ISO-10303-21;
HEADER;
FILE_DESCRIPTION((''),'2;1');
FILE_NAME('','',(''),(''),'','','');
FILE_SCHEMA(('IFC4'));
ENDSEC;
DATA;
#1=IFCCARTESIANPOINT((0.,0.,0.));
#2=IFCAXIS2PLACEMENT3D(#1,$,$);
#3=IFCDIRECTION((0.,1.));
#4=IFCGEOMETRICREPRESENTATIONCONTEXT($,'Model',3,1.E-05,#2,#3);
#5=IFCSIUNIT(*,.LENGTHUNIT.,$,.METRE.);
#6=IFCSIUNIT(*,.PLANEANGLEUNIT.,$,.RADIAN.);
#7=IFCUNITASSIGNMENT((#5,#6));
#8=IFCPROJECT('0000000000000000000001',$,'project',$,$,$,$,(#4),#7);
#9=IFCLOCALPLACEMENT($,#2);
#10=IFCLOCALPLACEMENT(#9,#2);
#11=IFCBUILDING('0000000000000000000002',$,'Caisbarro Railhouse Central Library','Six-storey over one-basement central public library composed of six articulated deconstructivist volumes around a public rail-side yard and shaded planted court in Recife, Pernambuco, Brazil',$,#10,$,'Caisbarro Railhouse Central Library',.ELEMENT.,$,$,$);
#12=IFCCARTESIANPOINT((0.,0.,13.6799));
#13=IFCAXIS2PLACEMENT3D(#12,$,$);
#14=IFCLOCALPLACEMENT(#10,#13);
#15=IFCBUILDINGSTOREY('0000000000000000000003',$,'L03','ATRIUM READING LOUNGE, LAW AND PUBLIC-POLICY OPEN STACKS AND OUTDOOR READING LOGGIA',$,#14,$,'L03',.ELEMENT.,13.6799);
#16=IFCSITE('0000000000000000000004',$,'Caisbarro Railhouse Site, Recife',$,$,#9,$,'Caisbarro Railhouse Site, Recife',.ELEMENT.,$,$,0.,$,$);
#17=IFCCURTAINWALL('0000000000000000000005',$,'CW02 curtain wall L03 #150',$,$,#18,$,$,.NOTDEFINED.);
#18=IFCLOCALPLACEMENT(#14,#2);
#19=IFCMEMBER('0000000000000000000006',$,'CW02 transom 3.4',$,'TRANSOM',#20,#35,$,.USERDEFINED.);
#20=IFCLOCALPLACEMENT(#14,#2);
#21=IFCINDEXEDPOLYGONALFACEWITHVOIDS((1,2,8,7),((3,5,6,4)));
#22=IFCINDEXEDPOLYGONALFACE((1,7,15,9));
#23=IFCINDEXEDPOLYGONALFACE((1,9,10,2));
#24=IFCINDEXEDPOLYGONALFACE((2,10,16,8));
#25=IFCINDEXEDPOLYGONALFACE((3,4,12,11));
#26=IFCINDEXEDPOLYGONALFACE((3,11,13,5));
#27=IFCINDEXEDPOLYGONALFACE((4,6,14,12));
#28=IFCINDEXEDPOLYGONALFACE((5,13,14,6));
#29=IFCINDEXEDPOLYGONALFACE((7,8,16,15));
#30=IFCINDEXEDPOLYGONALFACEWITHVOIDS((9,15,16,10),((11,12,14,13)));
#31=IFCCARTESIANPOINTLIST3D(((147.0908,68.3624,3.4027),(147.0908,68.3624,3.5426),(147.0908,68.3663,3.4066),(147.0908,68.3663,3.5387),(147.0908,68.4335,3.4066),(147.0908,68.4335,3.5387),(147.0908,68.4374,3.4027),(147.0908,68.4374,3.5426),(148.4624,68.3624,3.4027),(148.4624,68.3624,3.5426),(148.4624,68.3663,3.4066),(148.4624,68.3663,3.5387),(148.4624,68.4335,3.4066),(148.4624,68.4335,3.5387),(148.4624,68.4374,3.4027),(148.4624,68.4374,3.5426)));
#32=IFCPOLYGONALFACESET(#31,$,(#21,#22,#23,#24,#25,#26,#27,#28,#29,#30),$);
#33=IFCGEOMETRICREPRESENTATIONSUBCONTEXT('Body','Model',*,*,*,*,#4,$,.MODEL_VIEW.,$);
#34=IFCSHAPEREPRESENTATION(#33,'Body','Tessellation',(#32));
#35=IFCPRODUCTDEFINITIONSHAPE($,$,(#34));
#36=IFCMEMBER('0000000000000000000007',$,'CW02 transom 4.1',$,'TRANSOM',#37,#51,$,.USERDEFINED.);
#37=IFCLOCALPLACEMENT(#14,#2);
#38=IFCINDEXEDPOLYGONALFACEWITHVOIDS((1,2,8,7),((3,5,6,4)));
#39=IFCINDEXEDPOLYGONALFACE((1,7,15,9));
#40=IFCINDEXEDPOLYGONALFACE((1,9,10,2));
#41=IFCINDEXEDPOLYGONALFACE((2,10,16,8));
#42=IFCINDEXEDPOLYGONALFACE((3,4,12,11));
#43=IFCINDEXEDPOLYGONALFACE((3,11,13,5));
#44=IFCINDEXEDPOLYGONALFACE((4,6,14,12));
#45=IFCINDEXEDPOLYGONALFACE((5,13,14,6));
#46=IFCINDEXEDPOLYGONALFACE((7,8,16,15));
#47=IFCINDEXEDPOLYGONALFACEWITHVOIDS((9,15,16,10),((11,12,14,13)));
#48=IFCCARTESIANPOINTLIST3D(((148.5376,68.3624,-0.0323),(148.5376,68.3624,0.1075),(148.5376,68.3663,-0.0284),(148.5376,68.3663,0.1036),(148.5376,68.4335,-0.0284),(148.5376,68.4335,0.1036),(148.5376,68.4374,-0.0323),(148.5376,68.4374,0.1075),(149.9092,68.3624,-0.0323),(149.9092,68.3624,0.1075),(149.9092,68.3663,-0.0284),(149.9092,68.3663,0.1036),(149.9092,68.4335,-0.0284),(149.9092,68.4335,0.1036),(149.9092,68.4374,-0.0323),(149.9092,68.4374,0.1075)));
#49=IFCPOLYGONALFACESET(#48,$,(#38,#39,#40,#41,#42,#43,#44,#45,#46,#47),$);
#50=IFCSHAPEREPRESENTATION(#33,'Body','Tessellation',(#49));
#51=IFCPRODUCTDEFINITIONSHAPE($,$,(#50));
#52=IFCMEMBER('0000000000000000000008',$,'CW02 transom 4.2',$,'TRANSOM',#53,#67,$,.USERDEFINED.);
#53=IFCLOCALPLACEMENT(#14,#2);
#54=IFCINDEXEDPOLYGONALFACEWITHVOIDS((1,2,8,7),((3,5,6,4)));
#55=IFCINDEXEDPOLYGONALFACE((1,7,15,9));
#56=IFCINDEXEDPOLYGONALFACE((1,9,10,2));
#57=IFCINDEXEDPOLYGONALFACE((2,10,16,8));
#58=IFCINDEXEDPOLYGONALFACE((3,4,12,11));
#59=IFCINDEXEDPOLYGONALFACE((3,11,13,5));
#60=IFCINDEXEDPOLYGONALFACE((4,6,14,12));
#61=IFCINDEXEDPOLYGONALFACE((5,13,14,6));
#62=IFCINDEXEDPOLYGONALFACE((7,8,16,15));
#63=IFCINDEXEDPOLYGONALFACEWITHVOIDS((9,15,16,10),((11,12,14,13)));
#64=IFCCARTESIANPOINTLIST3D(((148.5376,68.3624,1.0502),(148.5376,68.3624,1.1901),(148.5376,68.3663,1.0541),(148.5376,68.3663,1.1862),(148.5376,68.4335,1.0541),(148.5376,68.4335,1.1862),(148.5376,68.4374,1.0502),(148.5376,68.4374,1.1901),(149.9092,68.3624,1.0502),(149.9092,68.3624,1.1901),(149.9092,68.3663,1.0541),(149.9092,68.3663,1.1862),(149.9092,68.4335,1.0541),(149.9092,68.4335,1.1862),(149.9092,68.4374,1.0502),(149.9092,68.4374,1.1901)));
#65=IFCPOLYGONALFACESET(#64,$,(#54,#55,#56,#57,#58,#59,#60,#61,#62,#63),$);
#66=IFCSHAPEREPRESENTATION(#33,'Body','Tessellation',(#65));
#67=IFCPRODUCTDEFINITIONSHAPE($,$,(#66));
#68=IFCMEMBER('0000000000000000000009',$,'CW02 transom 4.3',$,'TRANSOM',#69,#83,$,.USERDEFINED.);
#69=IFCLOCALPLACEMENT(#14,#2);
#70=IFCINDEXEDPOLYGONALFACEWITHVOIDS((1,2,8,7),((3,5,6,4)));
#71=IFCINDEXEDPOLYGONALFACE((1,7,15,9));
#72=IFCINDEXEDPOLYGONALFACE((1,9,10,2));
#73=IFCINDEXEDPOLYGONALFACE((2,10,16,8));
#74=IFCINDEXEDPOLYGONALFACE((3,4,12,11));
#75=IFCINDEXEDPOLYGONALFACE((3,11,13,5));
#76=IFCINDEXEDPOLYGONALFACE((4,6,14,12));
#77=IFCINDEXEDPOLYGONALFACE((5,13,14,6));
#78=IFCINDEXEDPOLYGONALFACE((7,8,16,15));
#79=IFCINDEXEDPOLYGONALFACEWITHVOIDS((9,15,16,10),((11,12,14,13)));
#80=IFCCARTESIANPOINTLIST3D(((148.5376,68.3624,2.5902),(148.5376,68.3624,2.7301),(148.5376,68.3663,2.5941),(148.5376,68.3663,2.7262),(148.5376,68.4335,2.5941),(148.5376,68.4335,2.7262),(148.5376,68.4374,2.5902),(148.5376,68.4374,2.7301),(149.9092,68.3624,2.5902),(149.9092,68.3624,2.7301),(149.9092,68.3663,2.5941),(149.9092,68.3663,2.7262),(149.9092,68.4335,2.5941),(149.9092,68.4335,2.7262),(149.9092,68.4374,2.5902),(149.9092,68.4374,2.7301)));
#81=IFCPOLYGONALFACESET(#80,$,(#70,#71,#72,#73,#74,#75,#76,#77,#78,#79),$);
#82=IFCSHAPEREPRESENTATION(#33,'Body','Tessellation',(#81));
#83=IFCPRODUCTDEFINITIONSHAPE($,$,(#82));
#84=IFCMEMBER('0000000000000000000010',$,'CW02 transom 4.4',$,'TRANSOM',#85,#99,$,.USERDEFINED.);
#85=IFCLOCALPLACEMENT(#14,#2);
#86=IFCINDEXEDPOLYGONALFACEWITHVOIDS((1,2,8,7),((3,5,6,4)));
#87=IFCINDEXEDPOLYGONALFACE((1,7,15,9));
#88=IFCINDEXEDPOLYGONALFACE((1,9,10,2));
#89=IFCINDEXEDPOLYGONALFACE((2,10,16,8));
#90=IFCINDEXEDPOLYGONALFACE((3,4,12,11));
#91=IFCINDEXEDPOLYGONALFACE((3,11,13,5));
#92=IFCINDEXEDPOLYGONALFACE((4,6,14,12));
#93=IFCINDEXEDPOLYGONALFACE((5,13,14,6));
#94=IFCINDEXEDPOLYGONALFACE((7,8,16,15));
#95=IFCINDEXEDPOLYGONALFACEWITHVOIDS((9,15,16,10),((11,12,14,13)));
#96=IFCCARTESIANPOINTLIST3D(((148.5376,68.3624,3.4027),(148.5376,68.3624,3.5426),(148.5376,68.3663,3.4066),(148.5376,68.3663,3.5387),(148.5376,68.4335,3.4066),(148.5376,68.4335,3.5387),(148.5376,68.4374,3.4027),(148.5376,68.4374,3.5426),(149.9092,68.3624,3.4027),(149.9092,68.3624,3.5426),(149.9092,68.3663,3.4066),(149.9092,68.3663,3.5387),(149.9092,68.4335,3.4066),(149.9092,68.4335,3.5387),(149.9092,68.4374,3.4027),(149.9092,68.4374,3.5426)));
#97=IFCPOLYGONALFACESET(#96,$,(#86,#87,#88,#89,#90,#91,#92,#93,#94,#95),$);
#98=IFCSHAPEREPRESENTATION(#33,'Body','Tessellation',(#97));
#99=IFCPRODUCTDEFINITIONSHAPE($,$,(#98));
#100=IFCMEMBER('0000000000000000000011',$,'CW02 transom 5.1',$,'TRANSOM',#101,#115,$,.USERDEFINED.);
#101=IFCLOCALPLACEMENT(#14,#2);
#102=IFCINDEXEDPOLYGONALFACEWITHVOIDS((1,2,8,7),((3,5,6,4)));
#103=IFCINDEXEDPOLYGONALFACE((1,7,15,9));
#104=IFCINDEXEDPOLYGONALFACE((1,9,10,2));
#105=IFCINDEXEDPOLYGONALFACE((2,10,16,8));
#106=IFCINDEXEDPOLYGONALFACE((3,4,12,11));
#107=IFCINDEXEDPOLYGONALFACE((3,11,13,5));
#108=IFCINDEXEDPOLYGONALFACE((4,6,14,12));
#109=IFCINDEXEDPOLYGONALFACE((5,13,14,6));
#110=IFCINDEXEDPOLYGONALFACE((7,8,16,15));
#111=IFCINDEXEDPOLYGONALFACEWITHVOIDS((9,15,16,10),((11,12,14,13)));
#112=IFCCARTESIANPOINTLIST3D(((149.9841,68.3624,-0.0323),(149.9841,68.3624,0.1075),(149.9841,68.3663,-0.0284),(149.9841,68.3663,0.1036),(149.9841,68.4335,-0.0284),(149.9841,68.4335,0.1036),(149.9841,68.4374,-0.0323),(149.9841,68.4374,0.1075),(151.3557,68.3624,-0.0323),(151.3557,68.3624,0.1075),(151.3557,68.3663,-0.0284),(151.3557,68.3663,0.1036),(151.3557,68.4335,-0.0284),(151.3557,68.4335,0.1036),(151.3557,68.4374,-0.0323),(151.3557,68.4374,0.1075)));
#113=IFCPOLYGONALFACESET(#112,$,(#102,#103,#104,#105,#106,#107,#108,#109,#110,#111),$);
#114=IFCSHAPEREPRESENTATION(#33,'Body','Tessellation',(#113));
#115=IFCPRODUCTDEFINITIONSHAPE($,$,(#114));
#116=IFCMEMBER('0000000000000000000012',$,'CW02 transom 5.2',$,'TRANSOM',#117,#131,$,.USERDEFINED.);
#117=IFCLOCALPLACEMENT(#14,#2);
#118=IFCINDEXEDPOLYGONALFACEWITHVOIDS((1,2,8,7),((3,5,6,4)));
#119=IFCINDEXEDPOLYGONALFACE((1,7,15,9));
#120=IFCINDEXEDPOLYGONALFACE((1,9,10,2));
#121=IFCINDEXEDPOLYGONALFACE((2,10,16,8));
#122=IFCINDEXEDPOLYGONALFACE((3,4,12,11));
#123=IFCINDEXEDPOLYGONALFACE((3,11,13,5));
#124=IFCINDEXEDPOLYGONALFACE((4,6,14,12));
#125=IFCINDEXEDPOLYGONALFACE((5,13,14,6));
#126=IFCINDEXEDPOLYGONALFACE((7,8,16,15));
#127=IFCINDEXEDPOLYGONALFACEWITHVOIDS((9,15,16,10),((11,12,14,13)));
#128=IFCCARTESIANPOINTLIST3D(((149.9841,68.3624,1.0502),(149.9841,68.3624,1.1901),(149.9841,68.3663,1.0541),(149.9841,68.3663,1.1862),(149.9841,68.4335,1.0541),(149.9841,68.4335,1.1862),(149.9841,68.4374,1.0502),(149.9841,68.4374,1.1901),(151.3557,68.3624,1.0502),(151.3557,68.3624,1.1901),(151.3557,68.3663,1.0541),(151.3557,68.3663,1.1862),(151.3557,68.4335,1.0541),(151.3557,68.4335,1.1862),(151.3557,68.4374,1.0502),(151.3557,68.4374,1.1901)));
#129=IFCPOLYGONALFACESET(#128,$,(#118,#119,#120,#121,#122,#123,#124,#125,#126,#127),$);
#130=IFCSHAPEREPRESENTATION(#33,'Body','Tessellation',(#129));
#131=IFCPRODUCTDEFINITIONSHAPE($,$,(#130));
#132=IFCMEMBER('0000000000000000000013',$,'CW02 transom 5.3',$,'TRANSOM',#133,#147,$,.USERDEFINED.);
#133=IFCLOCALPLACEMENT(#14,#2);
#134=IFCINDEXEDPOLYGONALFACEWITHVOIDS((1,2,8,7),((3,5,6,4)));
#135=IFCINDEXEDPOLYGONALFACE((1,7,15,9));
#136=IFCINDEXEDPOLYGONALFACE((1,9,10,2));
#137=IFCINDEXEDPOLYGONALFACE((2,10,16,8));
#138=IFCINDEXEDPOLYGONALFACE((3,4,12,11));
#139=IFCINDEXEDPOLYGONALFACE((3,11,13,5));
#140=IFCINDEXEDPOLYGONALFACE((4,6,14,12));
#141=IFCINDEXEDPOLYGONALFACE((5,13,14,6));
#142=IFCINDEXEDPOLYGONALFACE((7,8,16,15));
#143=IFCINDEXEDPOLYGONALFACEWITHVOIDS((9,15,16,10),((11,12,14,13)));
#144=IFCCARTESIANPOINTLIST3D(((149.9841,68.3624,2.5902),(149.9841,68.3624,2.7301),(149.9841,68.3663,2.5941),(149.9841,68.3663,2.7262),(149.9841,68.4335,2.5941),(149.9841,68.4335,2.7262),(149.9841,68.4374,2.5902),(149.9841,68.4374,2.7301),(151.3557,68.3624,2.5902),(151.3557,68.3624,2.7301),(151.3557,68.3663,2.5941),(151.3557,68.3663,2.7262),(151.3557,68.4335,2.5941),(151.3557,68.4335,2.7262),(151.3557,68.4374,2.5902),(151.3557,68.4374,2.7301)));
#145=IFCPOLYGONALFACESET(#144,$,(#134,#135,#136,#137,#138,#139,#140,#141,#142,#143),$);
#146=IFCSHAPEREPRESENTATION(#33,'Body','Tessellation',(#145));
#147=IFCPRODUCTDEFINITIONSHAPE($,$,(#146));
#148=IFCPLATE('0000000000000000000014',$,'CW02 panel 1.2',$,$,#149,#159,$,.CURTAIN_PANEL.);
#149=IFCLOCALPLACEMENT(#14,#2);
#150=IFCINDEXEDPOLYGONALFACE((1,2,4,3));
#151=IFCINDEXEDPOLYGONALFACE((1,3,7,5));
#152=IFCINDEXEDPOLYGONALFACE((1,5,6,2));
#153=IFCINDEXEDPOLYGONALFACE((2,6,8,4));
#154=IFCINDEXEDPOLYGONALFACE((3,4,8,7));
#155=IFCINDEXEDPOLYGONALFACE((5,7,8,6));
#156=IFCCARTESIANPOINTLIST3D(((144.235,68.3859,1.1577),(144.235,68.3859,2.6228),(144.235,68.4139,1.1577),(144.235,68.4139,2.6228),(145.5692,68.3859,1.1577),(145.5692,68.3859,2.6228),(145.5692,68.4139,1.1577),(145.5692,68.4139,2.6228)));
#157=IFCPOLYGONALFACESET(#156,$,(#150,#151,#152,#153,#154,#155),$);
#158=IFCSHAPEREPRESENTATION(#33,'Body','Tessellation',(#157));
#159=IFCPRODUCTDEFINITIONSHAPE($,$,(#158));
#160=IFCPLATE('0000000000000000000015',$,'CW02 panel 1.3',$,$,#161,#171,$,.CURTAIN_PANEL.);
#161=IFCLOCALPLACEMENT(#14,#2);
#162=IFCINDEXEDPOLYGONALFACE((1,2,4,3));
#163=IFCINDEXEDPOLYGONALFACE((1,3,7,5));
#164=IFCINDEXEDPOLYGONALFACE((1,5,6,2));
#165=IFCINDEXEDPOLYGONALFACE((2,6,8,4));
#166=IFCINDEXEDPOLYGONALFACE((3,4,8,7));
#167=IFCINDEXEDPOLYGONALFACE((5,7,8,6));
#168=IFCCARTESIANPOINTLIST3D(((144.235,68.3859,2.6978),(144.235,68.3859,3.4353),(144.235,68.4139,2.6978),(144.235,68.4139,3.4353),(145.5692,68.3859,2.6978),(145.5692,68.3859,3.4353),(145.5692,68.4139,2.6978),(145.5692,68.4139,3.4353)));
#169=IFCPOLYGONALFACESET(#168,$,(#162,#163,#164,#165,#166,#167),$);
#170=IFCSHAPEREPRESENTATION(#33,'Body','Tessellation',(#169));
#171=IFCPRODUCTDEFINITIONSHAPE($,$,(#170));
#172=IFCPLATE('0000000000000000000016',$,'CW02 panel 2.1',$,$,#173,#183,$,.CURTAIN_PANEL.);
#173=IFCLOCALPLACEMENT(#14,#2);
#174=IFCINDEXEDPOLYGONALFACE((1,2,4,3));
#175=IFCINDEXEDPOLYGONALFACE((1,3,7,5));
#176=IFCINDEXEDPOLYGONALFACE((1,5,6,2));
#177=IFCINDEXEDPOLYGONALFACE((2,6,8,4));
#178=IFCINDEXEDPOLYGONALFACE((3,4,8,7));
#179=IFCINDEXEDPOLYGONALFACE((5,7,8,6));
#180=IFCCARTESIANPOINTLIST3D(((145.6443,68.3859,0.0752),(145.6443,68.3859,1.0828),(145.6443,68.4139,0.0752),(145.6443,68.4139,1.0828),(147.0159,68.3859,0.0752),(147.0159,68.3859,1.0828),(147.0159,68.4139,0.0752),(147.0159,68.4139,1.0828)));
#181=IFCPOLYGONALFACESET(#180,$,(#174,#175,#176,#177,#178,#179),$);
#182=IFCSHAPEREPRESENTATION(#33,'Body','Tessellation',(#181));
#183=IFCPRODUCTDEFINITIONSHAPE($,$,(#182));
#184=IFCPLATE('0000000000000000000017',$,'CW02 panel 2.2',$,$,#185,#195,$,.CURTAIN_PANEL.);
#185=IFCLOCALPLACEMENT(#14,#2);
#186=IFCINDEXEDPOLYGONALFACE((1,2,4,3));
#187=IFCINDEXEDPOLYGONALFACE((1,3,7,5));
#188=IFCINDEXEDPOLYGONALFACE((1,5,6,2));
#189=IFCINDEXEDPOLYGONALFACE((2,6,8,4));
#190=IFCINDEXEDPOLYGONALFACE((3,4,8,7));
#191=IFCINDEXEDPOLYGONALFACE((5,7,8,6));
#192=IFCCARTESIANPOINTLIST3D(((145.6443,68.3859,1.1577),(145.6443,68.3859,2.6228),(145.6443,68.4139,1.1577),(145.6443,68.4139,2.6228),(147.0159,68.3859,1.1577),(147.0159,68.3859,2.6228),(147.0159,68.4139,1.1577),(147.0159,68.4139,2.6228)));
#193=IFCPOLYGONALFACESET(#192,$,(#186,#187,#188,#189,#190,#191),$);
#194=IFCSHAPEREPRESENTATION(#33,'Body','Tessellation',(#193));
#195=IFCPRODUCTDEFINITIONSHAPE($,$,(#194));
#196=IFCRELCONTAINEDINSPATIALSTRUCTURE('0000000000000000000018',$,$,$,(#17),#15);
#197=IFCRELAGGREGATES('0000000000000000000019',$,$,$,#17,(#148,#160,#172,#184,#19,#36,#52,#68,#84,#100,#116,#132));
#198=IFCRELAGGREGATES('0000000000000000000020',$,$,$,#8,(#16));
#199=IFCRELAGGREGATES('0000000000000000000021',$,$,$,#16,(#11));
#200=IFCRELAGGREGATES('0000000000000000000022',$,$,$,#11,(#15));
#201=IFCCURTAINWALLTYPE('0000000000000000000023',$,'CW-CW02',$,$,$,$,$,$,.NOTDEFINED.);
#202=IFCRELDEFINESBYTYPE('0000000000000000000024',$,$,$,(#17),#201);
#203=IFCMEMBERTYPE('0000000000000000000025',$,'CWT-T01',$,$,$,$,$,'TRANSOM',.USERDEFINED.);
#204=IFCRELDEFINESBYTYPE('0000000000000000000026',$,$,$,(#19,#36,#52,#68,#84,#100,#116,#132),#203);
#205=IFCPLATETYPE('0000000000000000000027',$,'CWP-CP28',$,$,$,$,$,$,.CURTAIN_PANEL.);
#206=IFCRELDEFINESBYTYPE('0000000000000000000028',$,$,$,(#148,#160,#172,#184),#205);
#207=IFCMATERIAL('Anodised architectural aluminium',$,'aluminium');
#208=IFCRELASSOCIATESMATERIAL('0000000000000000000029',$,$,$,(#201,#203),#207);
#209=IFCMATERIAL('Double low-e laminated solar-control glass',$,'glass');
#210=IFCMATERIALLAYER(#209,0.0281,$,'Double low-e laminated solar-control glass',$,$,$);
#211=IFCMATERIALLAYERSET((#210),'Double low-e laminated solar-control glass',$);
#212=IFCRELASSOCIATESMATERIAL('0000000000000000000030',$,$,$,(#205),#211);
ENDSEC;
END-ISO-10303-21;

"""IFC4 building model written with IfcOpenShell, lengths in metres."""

from ifc_helpers import new_model, si_unit, direction, frame, origin, origin_2d, place, context, subcontext, project, spatial, rectangle, hollow_rectangle, extrude, material, layer, layer_set, material_profile, profile_set, type_object, element, aggregate, save


model = new_model("IFC4")

# Units and contexts
model_context = context("Model", 3, precision=1e-05, world=origin(), true_north=direction((0.0, 1.0)))
body_context = subcontext(model_context, "Body", "Model", "MODEL_VIEW")
ifc_project = project(units=[si_unit("LENGTHUNIT", "METRE"), si_unit("PLANEANGLEUNIT", "RADIAN")], contexts=[model_context])

# Site, building, storey
site_placement = place(None, origin())
site = spatial("IfcSite", under=ifc_project, at=site_placement, Name="Caisbarro Railhouse Site, Recife", LongName="Caisbarro Railhouse Site, Recife", CompositionType="ELEMENT", RefElevation=0.0)
building_placement = place(site_placement, origin())
building = spatial("IfcBuilding", under=site, at=building_placement, Name="Caisbarro Railhouse Central Library", Description="Six-storey over one-basement central public library composed of six articulated deconstructivist volumes around a public rail-side yard and shaded planted court in Recife, Pernambuco, Brazil", LongName="Caisbarro Railhouse Central Library", CompositionType="ELEMENT")
storey_placement = place(building_placement, frame((0.0, 0.0, 13.6799)))
storey = spatial("IfcBuildingStorey", under=building, at=storey_placement, Name="L03", Description="ATRIUM READING LOUNGE, LAW AND PUBLIC-POLICY OPEN STACKS AND OUTDOOR READING LOGGIA", LongName="L03", CompositionType="ELEMENT", Elevation=13.6799)

# Curtain wall, members, plates
ifc_material_1 = material(Name="Anodised architectural aluminium", Category="aluminium")
curtain_wall_type = type_object("IfcCurtainWallType", Name="CW-CW02", PredefinedType="NOTDEFINED", material=ifc_material_1)
curtain_wall_placement = place(storey_placement, origin())
curtain_wall = element("IfcCurtainWall", 1, at=curtain_wall_placement, inside=storey, type_object=curtain_wall_type, Name="CW02 curtain wall L03 #150", PredefinedType="NOTDEFINED")
ifc_material_profile_1 = material_profile(ifc_material_1, hollow_rectangle(XDim=0.075, YDim=0.1399, WallThickness=0.0039, at=origin_2d()), Name="ALU-TRN-75X140")
ifc_profile_set_1 = profile_set([ifc_material_profile_1], Name="Anodised architectural aluminium")
member_type_1 = type_object("IfcMemberType", Name="CWT-T01", ElementType="TRANSOM", PredefinedType="USERDEFINED", material=ifc_profile_set_1)
member_1_placement = place(storey_placement, frame((147.0908, 68.3999, 3.4727), z_axis=(1.0, 0.0, 0.0), x_axis=(0.0, 1.0, 0.0)))
member_1 = element("IfcMember", 2, at=member_1_placement, type_object=member_type_1, Name="CW02 transom 3.4", ObjectType="TRANSOM", PredefinedType="USERDEFINED", context=body_context, shape_type="SweptSolid", body=[
    extrude(hollow_rectangle(XDim=0.075, YDim=0.1399, WallThickness=0.0039, at=origin_2d()), origin(), (0.0, 0.0, 1.0), 1.3716),
])
member_2_placement = place(storey_placement, frame((148.5376, 68.3999, 0.0376), z_axis=(1.0, 0.0, 0.0), x_axis=(0.0, 1.0, 0.0)))
member_2 = element("IfcMember", 3, at=member_2_placement, type_object=member_type_1, Name="CW02 transom 4.1", ObjectType="TRANSOM", PredefinedType="USERDEFINED", context=body_context, shape_type="SweptSolid", body=[
    extrude(hollow_rectangle(XDim=0.075, YDim=0.1399, WallThickness=0.0039, at=origin_2d()), origin(), (0.0, 0.0, 1.0), 1.3716),
])
member_3_placement = place(storey_placement, frame((148.5376, 68.3999, 1.1201), z_axis=(1.0, 0.0, 0.0), x_axis=(0.0, 1.0, 0.0)))
member_3 = element("IfcMember", 4, at=member_3_placement, type_object=member_type_1, Name="CW02 transom 4.2", ObjectType="TRANSOM", PredefinedType="USERDEFINED", context=body_context, shape_type="SweptSolid", body=[
    extrude(hollow_rectangle(XDim=0.075, YDim=0.1399, WallThickness=0.0039, at=origin_2d()), origin(), (0.0, 0.0, 1.0), 1.3716),
])
member_4_placement = place(storey_placement, frame((148.5376, 68.3999, 2.6602), z_axis=(1.0, 0.0, 0.0), x_axis=(0.0, 1.0, 0.0)))
member_4 = element("IfcMember", 5, at=member_4_placement, type_object=member_type_1, Name="CW02 transom 4.3", ObjectType="TRANSOM", PredefinedType="USERDEFINED", context=body_context, shape_type="SweptSolid", body=[
    extrude(hollow_rectangle(XDim=0.075, YDim=0.1399, WallThickness=0.0039, at=origin_2d()), origin(), (0.0, 0.0, 1.0), 1.3716),
])
member_5_placement = place(storey_placement, frame((148.5376, 68.3999, 3.4727), z_axis=(1.0, 0.0, 0.0), x_axis=(0.0, 1.0, 0.0)))
member_5 = element("IfcMember", 6, at=member_5_placement, type_object=member_type_1, Name="CW02 transom 4.4", ObjectType="TRANSOM", PredefinedType="USERDEFINED", context=body_context, shape_type="SweptSolid", body=[
    extrude(hollow_rectangle(XDim=0.075, YDim=0.1399, WallThickness=0.0039, at=origin_2d()), origin(), (0.0, 0.0, 1.0), 1.3716),
])
member_6_placement = place(storey_placement, frame((149.9841, 68.3999, 0.0376), z_axis=(1.0, 0.0, 0.0), x_axis=(0.0, 1.0, 0.0)))
member_6 = element("IfcMember", 7, at=member_6_placement, type_object=member_type_1, Name="CW02 transom 5.1", ObjectType="TRANSOM", PredefinedType="USERDEFINED", context=body_context, shape_type="SweptSolid", body=[
    extrude(hollow_rectangle(XDim=0.075, YDim=0.1399, WallThickness=0.0039, at=origin_2d()), origin(), (0.0, 0.0, 1.0), 1.3716),
])
member_7_placement = place(storey_placement, frame((149.9841, 68.3999, 1.1201), z_axis=(1.0, 0.0, 0.0), x_axis=(0.0, 1.0, 0.0)))
member_7 = element("IfcMember", 8, at=member_7_placement, type_object=member_type_1, Name="CW02 transom 5.2", ObjectType="TRANSOM", PredefinedType="USERDEFINED", context=body_context, shape_type="SweptSolid", body=[
    extrude(hollow_rectangle(XDim=0.075, YDim=0.1399, WallThickness=0.0039, at=origin_2d()), origin(), (0.0, 0.0, 1.0), 1.3716),
])
member_8_placement = place(storey_placement, frame((149.9841, 68.3999, 2.6602), z_axis=(1.0, 0.0, 0.0), x_axis=(0.0, 1.0, 0.0)))
member_8 = element("IfcMember", 9, at=member_8_placement, type_object=member_type_1, Name="CW02 transom 5.3", ObjectType="TRANSOM", PredefinedType="USERDEFINED", context=body_context, shape_type="SweptSolid", body=[
    extrude(hollow_rectangle(XDim=0.075, YDim=0.1399, WallThickness=0.0039, at=origin_2d()), origin(), (0.0, 0.0, 1.0), 1.3716),
])
ifc_material_2 = material(Name="Double low-e laminated solar-control glass", Category="glass")
ifc_layer_1 = layer(ifc_material_2, 0.0281, Name="Double low-e laminated solar-control glass")
ifc_layer_set_1 = layer_set([ifc_layer_1], Name="Double low-e laminated solar-control glass")
plate_type = type_object("IfcPlateType", Name="CWP-CP28", PredefinedType="CURTAIN_PANEL", material=ifc_layer_set_1)
plate_1_placement = place(storey_placement, frame((144.9021, 68.3999, 1.1577), z_axis=(0.0, 0.0, 1.0), x_axis=(1.0, 0.0, 0.0)))
plate_1 = element("IfcPlate", 10, at=plate_1_placement, type_object=plate_type, Name="CW02 panel 1.2", PredefinedType="CURTAIN_PANEL", context=body_context, shape_type="SweptSolid", body=[
    extrude(rectangle(XDim=1.3342, YDim=0.0281, at=origin_2d()), origin(), (0.0, 0.0, 1.0), 1.4651),
])
plate_2_placement = place(storey_placement, frame((144.9021, 68.3999, 2.6978), z_axis=(0.0, 0.0, 1.0), x_axis=(1.0, 0.0, 0.0)))
plate_2 = element("IfcPlate", 11, at=plate_2_placement, type_object=plate_type, Name="CW02 panel 1.3", PredefinedType="CURTAIN_PANEL", context=body_context, shape_type="SweptSolid", body=[
    extrude(rectangle(XDim=1.3342, YDim=0.0281, at=origin_2d()), origin(), (0.0, 0.0, 1.0), 0.7375),
])
plate_3_placement = place(storey_placement, frame((146.3301, 68.3999, 0.0752), z_axis=(0.0, 0.0, 1.0), x_axis=(1.0, 0.0, 0.0)))
plate_3 = element("IfcPlate", 12, at=plate_3_placement, type_object=plate_type, Name="CW02 panel 2.1", PredefinedType="CURTAIN_PANEL", context=body_context, shape_type="SweptSolid", body=[
    extrude(rectangle(XDim=1.3716, YDim=0.0281, at=origin_2d()), origin(), (0.0, 0.0, 1.0), 1.0076),
])
plate_4_placement = place(storey_placement, frame((146.3301, 68.3999, 1.1577), z_axis=(0.0, 0.0, 1.0), x_axis=(1.0, 0.0, 0.0)))
plate_4 = element("IfcPlate", 13, at=plate_4_placement, type_object=plate_type, Name="CW02 panel 2.2", PredefinedType="CURTAIN_PANEL", context=body_context, shape_type="SweptSolid", body=[
    extrude(rectangle(XDim=1.3716, YDim=0.0281, at=origin_2d()), origin(), (0.0, 0.0, 1.0), 1.4651),
])
aggregate(curtain_wall, [plate_1, plate_2, plate_3, plate_4, member_1, member_2, member_3, member_4, member_5, member_6, member_7, member_8])

save(model, "model.ifc")
